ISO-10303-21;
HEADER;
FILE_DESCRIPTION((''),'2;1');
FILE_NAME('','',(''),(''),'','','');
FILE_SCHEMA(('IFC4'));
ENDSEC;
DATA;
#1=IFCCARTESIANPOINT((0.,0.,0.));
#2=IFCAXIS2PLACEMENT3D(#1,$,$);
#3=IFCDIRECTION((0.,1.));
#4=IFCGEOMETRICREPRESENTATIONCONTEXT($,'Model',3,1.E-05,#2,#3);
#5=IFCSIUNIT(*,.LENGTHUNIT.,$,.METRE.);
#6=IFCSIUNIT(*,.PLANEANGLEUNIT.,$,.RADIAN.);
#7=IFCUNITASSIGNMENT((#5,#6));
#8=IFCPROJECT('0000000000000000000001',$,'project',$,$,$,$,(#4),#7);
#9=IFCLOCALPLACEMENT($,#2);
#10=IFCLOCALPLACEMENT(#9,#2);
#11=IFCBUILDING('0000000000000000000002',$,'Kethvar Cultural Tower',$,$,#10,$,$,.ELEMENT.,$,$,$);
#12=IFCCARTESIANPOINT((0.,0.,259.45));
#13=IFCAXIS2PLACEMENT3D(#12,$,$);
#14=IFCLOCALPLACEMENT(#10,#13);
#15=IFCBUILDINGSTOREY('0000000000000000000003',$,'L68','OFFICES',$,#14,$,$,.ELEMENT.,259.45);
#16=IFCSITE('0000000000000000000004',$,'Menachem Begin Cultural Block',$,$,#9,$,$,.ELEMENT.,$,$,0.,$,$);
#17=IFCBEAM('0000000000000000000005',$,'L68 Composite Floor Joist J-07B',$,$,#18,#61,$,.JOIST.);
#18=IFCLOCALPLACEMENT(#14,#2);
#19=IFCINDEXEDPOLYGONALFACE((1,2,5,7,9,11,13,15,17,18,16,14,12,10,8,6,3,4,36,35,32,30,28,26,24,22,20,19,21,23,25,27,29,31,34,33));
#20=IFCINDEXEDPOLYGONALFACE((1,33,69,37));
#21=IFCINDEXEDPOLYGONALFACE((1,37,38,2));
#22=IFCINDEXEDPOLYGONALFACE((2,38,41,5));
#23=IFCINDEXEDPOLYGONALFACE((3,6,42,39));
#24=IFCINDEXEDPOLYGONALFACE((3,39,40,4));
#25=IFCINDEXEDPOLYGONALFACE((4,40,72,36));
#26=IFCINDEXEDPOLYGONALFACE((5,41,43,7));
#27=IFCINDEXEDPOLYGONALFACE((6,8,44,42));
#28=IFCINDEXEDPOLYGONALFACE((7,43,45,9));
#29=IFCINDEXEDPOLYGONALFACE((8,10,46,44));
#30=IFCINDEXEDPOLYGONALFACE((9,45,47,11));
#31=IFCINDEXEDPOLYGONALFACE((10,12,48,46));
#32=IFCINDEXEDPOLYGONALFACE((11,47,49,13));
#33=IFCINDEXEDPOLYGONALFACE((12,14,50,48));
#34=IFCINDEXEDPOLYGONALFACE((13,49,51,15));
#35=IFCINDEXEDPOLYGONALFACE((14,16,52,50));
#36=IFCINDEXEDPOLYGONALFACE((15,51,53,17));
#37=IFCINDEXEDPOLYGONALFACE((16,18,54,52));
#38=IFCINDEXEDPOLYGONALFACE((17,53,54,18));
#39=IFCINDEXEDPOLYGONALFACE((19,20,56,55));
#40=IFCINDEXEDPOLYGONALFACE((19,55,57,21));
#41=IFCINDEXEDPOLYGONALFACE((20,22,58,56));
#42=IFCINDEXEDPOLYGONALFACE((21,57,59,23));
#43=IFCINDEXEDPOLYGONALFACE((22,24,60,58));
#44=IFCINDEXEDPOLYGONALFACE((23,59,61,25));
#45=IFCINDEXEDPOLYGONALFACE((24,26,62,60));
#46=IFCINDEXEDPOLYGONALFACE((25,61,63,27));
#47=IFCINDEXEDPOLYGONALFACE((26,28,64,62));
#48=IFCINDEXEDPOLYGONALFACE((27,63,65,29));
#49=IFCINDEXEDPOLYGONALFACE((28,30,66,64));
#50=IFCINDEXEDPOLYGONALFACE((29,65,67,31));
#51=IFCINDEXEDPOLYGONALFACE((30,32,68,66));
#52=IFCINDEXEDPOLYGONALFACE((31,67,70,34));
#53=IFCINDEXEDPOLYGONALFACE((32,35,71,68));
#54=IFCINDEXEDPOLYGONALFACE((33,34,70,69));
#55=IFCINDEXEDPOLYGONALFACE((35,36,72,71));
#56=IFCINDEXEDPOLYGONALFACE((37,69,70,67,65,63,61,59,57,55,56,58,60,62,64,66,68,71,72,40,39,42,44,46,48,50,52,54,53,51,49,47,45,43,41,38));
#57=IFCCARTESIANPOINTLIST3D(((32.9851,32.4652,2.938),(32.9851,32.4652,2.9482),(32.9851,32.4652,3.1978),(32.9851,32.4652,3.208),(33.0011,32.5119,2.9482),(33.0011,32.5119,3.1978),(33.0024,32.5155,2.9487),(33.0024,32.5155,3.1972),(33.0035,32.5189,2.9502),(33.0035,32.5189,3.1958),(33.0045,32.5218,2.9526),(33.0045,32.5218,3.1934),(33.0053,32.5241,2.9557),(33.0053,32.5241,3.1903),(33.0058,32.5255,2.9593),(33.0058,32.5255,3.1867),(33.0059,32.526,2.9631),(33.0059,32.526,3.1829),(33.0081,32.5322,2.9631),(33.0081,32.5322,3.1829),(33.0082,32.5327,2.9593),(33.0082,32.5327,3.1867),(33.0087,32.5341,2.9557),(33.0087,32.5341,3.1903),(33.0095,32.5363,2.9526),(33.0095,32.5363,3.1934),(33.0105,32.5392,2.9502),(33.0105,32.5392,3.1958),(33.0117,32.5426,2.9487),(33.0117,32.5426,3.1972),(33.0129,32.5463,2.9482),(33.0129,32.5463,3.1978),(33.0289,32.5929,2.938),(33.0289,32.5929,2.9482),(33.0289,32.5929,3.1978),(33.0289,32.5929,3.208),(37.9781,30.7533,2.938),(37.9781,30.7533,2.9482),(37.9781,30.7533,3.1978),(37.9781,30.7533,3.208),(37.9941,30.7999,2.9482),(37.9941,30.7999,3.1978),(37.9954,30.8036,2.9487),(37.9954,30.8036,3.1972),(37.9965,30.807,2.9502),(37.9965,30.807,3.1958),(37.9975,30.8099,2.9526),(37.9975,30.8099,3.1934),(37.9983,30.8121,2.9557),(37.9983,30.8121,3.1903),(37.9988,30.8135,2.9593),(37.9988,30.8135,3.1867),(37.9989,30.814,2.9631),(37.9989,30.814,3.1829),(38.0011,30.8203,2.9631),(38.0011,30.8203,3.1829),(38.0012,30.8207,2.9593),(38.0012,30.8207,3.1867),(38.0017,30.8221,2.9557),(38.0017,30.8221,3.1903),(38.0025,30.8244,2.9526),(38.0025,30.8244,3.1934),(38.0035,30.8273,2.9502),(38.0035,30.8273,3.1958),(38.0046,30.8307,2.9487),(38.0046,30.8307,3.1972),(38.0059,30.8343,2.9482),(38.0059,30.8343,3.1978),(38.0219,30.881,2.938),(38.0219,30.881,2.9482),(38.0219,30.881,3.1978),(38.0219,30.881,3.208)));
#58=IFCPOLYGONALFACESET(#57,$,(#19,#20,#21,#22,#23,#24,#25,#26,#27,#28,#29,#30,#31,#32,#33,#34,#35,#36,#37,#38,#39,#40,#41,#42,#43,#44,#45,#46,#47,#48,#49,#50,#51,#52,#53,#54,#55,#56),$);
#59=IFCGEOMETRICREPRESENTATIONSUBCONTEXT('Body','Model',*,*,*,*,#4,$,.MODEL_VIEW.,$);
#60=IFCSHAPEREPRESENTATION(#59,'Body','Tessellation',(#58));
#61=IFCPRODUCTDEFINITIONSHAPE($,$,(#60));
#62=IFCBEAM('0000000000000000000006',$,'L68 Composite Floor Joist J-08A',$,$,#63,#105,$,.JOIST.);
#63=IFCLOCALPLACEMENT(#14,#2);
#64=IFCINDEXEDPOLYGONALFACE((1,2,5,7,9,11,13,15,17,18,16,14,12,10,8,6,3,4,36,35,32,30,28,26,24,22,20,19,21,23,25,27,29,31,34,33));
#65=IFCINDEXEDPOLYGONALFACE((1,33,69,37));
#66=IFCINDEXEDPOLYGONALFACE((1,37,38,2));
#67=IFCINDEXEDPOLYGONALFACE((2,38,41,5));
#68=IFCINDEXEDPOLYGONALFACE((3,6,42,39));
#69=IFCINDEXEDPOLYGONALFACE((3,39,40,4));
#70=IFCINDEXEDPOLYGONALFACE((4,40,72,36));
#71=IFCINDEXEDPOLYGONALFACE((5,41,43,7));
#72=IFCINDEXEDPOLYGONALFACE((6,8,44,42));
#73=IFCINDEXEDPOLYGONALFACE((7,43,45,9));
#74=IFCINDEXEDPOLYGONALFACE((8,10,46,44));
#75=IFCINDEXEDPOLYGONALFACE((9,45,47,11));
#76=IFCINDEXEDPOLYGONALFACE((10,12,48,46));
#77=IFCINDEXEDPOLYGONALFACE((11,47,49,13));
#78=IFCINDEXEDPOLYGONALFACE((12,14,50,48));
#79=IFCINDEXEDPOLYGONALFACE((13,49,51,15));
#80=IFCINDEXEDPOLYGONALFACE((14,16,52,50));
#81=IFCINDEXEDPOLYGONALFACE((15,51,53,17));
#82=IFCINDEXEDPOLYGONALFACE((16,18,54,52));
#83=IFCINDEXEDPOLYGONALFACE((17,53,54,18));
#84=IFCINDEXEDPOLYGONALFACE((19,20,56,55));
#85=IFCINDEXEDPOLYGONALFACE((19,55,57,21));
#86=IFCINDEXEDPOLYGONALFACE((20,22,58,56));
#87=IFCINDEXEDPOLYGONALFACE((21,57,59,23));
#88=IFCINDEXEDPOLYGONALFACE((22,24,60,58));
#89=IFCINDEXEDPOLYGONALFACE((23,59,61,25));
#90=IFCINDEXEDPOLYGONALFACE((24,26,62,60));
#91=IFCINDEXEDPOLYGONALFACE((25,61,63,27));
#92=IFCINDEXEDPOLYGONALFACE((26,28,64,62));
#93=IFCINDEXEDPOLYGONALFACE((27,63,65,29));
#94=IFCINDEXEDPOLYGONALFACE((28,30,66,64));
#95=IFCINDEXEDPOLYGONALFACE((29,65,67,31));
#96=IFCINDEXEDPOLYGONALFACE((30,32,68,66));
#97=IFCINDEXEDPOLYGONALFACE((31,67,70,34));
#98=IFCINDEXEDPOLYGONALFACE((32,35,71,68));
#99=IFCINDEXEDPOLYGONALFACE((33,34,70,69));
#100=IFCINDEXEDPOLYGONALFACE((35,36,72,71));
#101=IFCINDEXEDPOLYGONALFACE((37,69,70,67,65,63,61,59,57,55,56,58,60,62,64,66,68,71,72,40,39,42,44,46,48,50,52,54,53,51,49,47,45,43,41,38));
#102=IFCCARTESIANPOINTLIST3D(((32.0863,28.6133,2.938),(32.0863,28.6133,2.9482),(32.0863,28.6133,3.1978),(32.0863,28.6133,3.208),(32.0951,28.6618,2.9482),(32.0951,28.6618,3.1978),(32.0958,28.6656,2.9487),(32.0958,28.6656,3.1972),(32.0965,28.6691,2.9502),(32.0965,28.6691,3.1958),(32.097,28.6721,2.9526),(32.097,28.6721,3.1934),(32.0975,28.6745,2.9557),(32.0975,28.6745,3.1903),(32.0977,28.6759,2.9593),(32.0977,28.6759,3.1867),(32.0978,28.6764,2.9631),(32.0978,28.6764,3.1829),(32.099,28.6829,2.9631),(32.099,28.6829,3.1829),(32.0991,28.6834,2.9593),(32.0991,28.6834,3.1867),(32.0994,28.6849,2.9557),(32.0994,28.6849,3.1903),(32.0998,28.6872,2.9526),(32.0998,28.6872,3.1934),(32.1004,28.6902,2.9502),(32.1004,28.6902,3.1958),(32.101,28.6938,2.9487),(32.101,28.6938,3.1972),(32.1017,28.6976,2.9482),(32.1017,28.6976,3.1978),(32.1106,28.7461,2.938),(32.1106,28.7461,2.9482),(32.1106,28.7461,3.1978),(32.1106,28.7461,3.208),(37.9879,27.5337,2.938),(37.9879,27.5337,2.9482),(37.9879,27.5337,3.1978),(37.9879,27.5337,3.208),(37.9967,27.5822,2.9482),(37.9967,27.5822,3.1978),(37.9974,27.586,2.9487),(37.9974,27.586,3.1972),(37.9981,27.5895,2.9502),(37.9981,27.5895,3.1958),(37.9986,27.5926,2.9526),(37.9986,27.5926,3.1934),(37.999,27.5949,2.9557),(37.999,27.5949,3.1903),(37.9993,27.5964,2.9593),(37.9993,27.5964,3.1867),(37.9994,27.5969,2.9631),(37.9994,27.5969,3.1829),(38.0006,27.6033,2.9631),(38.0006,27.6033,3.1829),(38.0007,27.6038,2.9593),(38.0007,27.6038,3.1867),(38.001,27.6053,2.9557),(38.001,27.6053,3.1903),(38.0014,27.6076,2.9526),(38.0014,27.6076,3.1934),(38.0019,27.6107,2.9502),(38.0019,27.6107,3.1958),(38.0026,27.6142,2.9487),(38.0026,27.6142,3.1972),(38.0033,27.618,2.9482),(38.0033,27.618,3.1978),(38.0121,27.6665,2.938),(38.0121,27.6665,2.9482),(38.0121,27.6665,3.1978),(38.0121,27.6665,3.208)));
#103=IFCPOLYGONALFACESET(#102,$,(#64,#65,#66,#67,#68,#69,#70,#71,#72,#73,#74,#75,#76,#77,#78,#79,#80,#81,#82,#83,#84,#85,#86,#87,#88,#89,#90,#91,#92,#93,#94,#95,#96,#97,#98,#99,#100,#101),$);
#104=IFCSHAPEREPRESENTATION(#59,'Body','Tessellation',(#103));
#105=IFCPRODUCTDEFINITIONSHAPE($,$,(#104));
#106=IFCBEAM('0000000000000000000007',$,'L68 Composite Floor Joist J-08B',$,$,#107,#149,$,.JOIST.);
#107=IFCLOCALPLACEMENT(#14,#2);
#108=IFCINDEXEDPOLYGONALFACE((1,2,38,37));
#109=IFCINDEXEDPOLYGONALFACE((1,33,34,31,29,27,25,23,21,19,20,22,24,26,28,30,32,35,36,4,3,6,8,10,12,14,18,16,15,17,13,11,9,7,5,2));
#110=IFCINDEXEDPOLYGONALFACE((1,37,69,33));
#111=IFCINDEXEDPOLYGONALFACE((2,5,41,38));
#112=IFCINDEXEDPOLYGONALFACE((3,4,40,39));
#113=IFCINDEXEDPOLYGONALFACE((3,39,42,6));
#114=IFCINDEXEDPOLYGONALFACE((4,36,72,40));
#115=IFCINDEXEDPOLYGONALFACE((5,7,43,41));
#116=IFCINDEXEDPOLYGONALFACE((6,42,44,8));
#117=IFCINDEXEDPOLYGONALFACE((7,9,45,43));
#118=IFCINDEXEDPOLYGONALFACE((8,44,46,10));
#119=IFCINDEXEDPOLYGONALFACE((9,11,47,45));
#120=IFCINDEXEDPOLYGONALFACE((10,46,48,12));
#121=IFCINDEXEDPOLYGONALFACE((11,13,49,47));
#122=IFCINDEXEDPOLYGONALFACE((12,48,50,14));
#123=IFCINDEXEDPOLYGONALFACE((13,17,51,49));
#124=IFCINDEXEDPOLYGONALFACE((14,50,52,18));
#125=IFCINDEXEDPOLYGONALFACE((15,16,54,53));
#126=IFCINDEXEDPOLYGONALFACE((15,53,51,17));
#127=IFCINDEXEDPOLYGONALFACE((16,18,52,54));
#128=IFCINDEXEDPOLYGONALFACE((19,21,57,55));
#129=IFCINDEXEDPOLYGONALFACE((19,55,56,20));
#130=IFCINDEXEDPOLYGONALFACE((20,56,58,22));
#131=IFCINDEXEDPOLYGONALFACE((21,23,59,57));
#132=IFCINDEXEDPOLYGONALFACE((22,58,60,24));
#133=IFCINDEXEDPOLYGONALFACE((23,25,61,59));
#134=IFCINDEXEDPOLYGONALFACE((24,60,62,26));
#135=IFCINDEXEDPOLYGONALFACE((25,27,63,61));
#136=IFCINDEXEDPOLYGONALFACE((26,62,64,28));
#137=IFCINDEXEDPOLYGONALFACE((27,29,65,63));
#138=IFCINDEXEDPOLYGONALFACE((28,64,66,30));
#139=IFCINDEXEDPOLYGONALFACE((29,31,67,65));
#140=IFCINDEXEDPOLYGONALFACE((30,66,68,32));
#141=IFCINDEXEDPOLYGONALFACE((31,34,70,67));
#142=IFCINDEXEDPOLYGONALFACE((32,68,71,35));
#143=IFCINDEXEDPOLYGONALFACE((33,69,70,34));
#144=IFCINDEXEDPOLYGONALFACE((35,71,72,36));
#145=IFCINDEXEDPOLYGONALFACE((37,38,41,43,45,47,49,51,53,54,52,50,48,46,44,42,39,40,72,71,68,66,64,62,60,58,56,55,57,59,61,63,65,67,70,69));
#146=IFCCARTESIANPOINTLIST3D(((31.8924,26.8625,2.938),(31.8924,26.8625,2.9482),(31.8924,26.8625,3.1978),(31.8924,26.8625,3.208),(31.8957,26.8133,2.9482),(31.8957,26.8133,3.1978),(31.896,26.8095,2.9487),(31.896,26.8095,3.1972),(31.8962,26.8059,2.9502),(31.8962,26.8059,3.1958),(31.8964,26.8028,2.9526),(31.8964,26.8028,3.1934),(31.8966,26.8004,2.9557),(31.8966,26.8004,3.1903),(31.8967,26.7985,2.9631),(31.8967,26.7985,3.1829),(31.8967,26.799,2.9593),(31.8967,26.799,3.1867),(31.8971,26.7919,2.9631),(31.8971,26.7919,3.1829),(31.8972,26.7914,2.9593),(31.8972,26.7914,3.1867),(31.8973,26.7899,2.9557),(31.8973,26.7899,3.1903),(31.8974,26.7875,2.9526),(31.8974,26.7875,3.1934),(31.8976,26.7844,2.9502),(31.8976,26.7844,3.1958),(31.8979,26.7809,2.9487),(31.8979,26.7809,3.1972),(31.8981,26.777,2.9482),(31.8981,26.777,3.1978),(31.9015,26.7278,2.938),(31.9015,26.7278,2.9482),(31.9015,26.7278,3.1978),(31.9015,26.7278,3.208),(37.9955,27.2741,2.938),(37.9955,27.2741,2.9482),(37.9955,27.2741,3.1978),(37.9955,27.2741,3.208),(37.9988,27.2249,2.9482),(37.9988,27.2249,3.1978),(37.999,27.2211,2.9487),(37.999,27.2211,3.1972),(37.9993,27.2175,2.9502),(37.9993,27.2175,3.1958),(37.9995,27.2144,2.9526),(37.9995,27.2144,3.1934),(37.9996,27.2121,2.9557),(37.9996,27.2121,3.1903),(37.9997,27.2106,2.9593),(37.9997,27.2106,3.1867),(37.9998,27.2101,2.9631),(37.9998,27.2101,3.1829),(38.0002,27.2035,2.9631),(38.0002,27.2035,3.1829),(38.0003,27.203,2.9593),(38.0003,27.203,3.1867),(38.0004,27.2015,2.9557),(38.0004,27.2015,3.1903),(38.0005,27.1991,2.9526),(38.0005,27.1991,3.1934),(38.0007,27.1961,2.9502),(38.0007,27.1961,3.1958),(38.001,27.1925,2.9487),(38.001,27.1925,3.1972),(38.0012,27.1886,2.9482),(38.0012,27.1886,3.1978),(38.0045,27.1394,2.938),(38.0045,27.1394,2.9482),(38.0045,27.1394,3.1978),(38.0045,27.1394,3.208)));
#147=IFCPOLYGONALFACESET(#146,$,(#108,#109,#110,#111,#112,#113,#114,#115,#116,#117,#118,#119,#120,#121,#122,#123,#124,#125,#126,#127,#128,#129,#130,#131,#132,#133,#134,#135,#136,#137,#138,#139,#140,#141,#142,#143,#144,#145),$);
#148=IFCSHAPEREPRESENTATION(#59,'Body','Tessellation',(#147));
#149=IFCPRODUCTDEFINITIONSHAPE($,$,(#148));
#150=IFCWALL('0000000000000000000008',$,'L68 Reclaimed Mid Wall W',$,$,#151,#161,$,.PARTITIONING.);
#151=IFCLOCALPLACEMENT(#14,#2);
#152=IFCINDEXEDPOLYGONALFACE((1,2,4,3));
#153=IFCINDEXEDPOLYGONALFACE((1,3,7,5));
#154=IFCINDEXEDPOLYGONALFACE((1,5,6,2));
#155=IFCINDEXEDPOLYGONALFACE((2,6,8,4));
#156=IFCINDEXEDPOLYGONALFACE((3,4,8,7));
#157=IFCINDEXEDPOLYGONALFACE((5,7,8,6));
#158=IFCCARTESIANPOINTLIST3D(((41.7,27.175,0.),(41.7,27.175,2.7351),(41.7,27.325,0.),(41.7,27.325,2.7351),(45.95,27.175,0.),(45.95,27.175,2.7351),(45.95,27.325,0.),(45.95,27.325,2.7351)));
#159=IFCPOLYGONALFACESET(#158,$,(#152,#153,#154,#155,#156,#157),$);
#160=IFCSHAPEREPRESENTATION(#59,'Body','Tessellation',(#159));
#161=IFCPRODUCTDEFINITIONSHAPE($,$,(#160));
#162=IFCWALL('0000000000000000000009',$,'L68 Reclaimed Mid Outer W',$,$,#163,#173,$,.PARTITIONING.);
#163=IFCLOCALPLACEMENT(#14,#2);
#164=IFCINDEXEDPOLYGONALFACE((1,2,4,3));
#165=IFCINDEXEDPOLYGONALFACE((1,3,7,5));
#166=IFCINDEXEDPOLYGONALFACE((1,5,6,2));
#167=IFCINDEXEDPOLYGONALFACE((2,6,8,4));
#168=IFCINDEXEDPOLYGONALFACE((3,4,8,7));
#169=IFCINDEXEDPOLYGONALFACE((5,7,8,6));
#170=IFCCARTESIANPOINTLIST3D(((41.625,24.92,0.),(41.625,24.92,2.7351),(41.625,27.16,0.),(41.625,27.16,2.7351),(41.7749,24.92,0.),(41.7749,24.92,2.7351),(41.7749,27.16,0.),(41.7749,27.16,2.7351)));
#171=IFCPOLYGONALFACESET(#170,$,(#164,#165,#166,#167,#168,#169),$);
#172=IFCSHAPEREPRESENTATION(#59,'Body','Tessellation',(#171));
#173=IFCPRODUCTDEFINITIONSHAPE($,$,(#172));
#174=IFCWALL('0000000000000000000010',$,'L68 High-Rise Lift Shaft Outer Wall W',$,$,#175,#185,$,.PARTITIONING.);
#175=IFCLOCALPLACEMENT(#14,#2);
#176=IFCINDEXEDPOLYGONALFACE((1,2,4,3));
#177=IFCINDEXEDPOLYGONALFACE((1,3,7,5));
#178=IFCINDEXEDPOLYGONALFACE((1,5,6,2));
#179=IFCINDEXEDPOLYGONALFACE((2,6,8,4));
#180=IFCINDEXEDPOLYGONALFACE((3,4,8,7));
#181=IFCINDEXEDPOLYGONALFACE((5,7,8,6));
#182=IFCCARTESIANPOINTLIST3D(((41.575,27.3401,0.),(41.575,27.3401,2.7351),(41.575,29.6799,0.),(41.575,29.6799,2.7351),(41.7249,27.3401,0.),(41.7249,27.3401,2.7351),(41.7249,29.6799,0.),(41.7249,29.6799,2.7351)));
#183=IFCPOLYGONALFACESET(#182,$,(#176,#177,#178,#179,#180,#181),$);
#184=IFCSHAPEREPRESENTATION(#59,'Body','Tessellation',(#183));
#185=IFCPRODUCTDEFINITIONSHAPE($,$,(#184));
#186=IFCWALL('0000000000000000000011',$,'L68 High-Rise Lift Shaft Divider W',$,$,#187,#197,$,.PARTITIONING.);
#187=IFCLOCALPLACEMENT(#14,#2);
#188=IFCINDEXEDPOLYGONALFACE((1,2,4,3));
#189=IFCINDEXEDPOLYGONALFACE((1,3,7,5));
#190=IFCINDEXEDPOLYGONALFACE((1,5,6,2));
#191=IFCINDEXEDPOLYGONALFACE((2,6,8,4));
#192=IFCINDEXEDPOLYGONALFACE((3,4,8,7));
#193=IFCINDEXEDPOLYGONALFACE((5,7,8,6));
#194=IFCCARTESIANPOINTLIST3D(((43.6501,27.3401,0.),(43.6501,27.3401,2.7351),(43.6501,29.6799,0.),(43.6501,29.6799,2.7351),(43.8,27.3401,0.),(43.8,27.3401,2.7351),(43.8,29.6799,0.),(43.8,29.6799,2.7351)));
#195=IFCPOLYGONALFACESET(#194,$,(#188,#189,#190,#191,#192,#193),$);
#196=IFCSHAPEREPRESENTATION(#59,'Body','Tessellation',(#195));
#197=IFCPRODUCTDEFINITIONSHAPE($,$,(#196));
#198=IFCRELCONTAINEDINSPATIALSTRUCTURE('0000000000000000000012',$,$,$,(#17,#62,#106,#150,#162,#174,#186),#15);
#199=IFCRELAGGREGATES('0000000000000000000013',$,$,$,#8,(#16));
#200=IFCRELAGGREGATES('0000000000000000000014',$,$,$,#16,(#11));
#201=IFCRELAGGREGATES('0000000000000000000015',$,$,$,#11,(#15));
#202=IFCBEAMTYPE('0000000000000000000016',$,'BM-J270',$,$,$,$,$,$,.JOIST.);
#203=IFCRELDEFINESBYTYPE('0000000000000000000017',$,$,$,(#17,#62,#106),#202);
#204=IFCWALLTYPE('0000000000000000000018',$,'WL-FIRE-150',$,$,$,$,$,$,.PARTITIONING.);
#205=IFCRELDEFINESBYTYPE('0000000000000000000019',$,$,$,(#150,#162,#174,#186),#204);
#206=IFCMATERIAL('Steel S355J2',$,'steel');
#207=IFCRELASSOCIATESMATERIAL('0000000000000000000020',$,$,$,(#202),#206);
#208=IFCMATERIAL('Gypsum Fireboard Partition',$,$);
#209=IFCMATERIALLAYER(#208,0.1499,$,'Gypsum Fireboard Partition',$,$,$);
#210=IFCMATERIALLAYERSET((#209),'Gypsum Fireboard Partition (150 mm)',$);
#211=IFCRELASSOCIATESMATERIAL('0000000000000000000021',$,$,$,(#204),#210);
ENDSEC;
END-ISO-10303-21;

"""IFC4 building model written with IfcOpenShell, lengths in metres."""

from ifc_helpers import new_model, si_unit, direction, frame, frame_2d, origin, origin_2d, place, context, subcontext, project, spatial, rectangle, i_section, extrude, source, transform, mapped, material, layer, layer_set, material_profile, profile_set, type_object, element, save


model = new_model("IFC4")

# Units and contexts
model_context = context("Model", 3, precision=1e-05, world=origin(), true_north=direction((0.0, 1.0)))
body_context = subcontext(model_context, "Body", "Model", "MODEL_VIEW")
ifc_project = project(units=[si_unit("LENGTHUNIT", "METRE"), si_unit("PLANEANGLEUNIT", "RADIAN")], contexts=[model_context])

# Site, building, storey
site_placement = place(None, origin())
site = spatial("IfcSite", under=ifc_project, at=site_placement, Name="Menachem Begin Cultural Block", CompositionType="ELEMENT", RefElevation=0.0)
building_placement = place(site_placement, origin())
building = spatial("IfcBuilding", under=site, at=building_placement, Name="Kethvar Cultural Tower", CompositionType="ELEMENT")
storey_placement = place(building_placement, frame((0.0, 0.0, 259.45)))
storey = spatial("IfcBuildingStorey", under=building, at=storey_placement, Name="L68", Description="OFFICES", CompositionType="ELEMENT", Elevation=259.45)

# Beams
ifc_material_1 = material(Name="Steel S355J2", Category="steel")
ifc_material_profile_1 = material_profile(ifc_material_1, i_section(OverallWidth=0.135, OverallDepth=0.27, WebThickness=0.0066, FlangeThickness=0.0103, FilletRadius=0.0149, at=origin_2d()), Name="Steel S355J2 — IPE270")
ifc_profile_set_1 = profile_set([ifc_material_profile_1], Name="Steel S355J2 — IPE270")
beam_type_1 = type_object("IfcBeamType", Name="BM-J270", PredefinedType="JOIST", material=ifc_profile_set_1)
shared_shape_1 = source(origin(), body_context, "Body", "SweptSolid", [
    extrude(i_section(OverallWidth=0.135, OverallDepth=0.27, WebThickness=0.0066, FlangeThickness=0.0103, FilletRadius=0.0149, at=origin_2d()), origin(), (0.0, 0.0, 1.0), 5.2783),
])
beam_1_placement = place(storey_placement, frame((38.0, 30.8171, 3.073), z_axis=(-0.945943, 0.324334, 0.0), x_axis=(-0.324334, -0.945943, 0.0)))
element("IfcBeam", 1, at=beam_1_placement, inside=storey, type_object=beam_type_1, Name="L68 Composite Floor Joist J-07B", PredefinedType="JOIST", context=body_context, shape_type="MappedRepresentation", body=[
    mapped(shared_shape_1, transform((0.0, 0.0, 0.0), scale=1.0)),
])
shared_shape_2 = source(origin(), body_context, "Body", "SweptSolid", [
    extrude(i_section(OverallWidth=0.135, OverallDepth=0.27, WebThickness=0.0066, FlangeThickness=0.0103, FilletRadius=0.0149, at=origin_2d()), origin(), (0.0, 0.0, 1.0), 5.9995),
])
beam_2_placement = place(storey_placement, frame((38.0, 27.6001, 3.073), z_axis=(-0.983677, 0.179945, 0.0), x_axis=(-0.179945, -0.983677, 0.0)))
element("IfcBeam", 2, at=beam_2_placement, inside=storey, type_object=beam_type_1, Name="L68 Composite Floor Joist J-08A", PredefinedType="JOIST", context=body_context, shape_type="MappedRepresentation", body=[
    mapped(shared_shape_2, transform((0.0, 0.0, 0.0), scale=1.0)),
])
shared_shape_3 = source(origin(), body_context, "Body", "SweptSolid", [
    extrude(i_section(OverallWidth=0.135, OverallDepth=0.27, WebThickness=0.0066, FlangeThickness=0.0103, FilletRadius=0.0149, at=origin_2d()), origin(), (0.0, 0.0, 1.0), 6.1169),
])
beam_3_placement = place(storey_placement, frame((38.0, 27.2068, 3.073), z_axis=(-0.997733, -0.067293, 0.0), x_axis=(0.067293, -0.997733, 0.0)))
element("IfcBeam", 3, at=beam_3_placement, inside=storey, type_object=beam_type_1, Name="L68 Composite Floor Joist J-08B", PredefinedType="JOIST", context=body_context, shape_type="MappedRepresentation", body=[
    mapped(shared_shape_3, transform((0.0, 0.0, 0.0), scale=1.0)),
])

# Walls
ifc_material_2 = material(Name="Gypsum Fireboard Partition")
ifc_layer_1 = layer(ifc_material_2, 0.1499, Name="Gypsum Fireboard Partition")
ifc_layer_set_1 = layer_set([ifc_layer_1], Name="Gypsum Fireboard Partition (150 mm)")
wall_type_1 = type_object("IfcWallType", Name="WL-FIRE-150", PredefinedType="PARTITIONING", material=ifc_layer_set_1)
wall_1_placement = place(storey_placement, frame((41.7, 27.25, 0.0), z_axis=(0.0, 0.0, 1.0), x_axis=(1.0, 0.0, 0.0)))
element("IfcWall", 4, at=wall_1_placement, inside=storey, type_object=wall_type_1, Name="L68 Reclaimed Mid Wall W", PredefinedType="PARTITIONING", context=body_context, shape_type="SweptSolid", body=[
    extrude(rectangle(XDim=4.25, YDim=0.1499, at=frame_2d((2.125, 0.0))), origin(), (0.0, 0.0, 1.0), 2.7351),
])
wall_2_placement = place(storey_placement, frame((41.7, 24.9199, 0.0), z_axis=(0.0, 0.0, 1.0), x_axis=(0.0, 1.0, 0.0)))
element("IfcWall", 5, at=wall_2_placement, inside=storey, type_object=wall_type_1, Name="L68 Reclaimed Mid Outer W", PredefinedType="PARTITIONING", context=body_context, shape_type="SweptSolid", body=[
    extrude(rectangle(XDim=2.24, YDim=0.1499, at=frame_2d((1.1201, 0.0))), origin(), (0.0, 0.0, 1.0), 2.7351),
])
for number, where, z_axis, x_axis, name in (
    (6, (41.6499, 27.3401, 0.0), (0.0, 0.0, 1.0), (0.0, 1.0, 0.0), "L68 High-Rise Lift Shaft Outer Wall W"),
    (7, (43.7251, 27.3401, 0.0), (0.0, 0.0, 1.0), (0.0, 1.0, 0.0), "L68 High-Rise Lift Shaft Divider W"),
):
    element("IfcWall", number, at=place(storey_placement, frame(where, z_axis=z_axis, x_axis=x_axis)), inside=storey, type_object=wall_type_1, Name=name, PredefinedType="PARTITIONING", context=body_context, shape_type="SweptSolid", body=[
        extrude(rectangle(XDim=2.3398, YDim=0.1499, at=frame_2d((1.1699, 0.0))), origin(), (0.0, 0.0, 1.0), 2.7351),
    ])

save(model, "model.ifc")
